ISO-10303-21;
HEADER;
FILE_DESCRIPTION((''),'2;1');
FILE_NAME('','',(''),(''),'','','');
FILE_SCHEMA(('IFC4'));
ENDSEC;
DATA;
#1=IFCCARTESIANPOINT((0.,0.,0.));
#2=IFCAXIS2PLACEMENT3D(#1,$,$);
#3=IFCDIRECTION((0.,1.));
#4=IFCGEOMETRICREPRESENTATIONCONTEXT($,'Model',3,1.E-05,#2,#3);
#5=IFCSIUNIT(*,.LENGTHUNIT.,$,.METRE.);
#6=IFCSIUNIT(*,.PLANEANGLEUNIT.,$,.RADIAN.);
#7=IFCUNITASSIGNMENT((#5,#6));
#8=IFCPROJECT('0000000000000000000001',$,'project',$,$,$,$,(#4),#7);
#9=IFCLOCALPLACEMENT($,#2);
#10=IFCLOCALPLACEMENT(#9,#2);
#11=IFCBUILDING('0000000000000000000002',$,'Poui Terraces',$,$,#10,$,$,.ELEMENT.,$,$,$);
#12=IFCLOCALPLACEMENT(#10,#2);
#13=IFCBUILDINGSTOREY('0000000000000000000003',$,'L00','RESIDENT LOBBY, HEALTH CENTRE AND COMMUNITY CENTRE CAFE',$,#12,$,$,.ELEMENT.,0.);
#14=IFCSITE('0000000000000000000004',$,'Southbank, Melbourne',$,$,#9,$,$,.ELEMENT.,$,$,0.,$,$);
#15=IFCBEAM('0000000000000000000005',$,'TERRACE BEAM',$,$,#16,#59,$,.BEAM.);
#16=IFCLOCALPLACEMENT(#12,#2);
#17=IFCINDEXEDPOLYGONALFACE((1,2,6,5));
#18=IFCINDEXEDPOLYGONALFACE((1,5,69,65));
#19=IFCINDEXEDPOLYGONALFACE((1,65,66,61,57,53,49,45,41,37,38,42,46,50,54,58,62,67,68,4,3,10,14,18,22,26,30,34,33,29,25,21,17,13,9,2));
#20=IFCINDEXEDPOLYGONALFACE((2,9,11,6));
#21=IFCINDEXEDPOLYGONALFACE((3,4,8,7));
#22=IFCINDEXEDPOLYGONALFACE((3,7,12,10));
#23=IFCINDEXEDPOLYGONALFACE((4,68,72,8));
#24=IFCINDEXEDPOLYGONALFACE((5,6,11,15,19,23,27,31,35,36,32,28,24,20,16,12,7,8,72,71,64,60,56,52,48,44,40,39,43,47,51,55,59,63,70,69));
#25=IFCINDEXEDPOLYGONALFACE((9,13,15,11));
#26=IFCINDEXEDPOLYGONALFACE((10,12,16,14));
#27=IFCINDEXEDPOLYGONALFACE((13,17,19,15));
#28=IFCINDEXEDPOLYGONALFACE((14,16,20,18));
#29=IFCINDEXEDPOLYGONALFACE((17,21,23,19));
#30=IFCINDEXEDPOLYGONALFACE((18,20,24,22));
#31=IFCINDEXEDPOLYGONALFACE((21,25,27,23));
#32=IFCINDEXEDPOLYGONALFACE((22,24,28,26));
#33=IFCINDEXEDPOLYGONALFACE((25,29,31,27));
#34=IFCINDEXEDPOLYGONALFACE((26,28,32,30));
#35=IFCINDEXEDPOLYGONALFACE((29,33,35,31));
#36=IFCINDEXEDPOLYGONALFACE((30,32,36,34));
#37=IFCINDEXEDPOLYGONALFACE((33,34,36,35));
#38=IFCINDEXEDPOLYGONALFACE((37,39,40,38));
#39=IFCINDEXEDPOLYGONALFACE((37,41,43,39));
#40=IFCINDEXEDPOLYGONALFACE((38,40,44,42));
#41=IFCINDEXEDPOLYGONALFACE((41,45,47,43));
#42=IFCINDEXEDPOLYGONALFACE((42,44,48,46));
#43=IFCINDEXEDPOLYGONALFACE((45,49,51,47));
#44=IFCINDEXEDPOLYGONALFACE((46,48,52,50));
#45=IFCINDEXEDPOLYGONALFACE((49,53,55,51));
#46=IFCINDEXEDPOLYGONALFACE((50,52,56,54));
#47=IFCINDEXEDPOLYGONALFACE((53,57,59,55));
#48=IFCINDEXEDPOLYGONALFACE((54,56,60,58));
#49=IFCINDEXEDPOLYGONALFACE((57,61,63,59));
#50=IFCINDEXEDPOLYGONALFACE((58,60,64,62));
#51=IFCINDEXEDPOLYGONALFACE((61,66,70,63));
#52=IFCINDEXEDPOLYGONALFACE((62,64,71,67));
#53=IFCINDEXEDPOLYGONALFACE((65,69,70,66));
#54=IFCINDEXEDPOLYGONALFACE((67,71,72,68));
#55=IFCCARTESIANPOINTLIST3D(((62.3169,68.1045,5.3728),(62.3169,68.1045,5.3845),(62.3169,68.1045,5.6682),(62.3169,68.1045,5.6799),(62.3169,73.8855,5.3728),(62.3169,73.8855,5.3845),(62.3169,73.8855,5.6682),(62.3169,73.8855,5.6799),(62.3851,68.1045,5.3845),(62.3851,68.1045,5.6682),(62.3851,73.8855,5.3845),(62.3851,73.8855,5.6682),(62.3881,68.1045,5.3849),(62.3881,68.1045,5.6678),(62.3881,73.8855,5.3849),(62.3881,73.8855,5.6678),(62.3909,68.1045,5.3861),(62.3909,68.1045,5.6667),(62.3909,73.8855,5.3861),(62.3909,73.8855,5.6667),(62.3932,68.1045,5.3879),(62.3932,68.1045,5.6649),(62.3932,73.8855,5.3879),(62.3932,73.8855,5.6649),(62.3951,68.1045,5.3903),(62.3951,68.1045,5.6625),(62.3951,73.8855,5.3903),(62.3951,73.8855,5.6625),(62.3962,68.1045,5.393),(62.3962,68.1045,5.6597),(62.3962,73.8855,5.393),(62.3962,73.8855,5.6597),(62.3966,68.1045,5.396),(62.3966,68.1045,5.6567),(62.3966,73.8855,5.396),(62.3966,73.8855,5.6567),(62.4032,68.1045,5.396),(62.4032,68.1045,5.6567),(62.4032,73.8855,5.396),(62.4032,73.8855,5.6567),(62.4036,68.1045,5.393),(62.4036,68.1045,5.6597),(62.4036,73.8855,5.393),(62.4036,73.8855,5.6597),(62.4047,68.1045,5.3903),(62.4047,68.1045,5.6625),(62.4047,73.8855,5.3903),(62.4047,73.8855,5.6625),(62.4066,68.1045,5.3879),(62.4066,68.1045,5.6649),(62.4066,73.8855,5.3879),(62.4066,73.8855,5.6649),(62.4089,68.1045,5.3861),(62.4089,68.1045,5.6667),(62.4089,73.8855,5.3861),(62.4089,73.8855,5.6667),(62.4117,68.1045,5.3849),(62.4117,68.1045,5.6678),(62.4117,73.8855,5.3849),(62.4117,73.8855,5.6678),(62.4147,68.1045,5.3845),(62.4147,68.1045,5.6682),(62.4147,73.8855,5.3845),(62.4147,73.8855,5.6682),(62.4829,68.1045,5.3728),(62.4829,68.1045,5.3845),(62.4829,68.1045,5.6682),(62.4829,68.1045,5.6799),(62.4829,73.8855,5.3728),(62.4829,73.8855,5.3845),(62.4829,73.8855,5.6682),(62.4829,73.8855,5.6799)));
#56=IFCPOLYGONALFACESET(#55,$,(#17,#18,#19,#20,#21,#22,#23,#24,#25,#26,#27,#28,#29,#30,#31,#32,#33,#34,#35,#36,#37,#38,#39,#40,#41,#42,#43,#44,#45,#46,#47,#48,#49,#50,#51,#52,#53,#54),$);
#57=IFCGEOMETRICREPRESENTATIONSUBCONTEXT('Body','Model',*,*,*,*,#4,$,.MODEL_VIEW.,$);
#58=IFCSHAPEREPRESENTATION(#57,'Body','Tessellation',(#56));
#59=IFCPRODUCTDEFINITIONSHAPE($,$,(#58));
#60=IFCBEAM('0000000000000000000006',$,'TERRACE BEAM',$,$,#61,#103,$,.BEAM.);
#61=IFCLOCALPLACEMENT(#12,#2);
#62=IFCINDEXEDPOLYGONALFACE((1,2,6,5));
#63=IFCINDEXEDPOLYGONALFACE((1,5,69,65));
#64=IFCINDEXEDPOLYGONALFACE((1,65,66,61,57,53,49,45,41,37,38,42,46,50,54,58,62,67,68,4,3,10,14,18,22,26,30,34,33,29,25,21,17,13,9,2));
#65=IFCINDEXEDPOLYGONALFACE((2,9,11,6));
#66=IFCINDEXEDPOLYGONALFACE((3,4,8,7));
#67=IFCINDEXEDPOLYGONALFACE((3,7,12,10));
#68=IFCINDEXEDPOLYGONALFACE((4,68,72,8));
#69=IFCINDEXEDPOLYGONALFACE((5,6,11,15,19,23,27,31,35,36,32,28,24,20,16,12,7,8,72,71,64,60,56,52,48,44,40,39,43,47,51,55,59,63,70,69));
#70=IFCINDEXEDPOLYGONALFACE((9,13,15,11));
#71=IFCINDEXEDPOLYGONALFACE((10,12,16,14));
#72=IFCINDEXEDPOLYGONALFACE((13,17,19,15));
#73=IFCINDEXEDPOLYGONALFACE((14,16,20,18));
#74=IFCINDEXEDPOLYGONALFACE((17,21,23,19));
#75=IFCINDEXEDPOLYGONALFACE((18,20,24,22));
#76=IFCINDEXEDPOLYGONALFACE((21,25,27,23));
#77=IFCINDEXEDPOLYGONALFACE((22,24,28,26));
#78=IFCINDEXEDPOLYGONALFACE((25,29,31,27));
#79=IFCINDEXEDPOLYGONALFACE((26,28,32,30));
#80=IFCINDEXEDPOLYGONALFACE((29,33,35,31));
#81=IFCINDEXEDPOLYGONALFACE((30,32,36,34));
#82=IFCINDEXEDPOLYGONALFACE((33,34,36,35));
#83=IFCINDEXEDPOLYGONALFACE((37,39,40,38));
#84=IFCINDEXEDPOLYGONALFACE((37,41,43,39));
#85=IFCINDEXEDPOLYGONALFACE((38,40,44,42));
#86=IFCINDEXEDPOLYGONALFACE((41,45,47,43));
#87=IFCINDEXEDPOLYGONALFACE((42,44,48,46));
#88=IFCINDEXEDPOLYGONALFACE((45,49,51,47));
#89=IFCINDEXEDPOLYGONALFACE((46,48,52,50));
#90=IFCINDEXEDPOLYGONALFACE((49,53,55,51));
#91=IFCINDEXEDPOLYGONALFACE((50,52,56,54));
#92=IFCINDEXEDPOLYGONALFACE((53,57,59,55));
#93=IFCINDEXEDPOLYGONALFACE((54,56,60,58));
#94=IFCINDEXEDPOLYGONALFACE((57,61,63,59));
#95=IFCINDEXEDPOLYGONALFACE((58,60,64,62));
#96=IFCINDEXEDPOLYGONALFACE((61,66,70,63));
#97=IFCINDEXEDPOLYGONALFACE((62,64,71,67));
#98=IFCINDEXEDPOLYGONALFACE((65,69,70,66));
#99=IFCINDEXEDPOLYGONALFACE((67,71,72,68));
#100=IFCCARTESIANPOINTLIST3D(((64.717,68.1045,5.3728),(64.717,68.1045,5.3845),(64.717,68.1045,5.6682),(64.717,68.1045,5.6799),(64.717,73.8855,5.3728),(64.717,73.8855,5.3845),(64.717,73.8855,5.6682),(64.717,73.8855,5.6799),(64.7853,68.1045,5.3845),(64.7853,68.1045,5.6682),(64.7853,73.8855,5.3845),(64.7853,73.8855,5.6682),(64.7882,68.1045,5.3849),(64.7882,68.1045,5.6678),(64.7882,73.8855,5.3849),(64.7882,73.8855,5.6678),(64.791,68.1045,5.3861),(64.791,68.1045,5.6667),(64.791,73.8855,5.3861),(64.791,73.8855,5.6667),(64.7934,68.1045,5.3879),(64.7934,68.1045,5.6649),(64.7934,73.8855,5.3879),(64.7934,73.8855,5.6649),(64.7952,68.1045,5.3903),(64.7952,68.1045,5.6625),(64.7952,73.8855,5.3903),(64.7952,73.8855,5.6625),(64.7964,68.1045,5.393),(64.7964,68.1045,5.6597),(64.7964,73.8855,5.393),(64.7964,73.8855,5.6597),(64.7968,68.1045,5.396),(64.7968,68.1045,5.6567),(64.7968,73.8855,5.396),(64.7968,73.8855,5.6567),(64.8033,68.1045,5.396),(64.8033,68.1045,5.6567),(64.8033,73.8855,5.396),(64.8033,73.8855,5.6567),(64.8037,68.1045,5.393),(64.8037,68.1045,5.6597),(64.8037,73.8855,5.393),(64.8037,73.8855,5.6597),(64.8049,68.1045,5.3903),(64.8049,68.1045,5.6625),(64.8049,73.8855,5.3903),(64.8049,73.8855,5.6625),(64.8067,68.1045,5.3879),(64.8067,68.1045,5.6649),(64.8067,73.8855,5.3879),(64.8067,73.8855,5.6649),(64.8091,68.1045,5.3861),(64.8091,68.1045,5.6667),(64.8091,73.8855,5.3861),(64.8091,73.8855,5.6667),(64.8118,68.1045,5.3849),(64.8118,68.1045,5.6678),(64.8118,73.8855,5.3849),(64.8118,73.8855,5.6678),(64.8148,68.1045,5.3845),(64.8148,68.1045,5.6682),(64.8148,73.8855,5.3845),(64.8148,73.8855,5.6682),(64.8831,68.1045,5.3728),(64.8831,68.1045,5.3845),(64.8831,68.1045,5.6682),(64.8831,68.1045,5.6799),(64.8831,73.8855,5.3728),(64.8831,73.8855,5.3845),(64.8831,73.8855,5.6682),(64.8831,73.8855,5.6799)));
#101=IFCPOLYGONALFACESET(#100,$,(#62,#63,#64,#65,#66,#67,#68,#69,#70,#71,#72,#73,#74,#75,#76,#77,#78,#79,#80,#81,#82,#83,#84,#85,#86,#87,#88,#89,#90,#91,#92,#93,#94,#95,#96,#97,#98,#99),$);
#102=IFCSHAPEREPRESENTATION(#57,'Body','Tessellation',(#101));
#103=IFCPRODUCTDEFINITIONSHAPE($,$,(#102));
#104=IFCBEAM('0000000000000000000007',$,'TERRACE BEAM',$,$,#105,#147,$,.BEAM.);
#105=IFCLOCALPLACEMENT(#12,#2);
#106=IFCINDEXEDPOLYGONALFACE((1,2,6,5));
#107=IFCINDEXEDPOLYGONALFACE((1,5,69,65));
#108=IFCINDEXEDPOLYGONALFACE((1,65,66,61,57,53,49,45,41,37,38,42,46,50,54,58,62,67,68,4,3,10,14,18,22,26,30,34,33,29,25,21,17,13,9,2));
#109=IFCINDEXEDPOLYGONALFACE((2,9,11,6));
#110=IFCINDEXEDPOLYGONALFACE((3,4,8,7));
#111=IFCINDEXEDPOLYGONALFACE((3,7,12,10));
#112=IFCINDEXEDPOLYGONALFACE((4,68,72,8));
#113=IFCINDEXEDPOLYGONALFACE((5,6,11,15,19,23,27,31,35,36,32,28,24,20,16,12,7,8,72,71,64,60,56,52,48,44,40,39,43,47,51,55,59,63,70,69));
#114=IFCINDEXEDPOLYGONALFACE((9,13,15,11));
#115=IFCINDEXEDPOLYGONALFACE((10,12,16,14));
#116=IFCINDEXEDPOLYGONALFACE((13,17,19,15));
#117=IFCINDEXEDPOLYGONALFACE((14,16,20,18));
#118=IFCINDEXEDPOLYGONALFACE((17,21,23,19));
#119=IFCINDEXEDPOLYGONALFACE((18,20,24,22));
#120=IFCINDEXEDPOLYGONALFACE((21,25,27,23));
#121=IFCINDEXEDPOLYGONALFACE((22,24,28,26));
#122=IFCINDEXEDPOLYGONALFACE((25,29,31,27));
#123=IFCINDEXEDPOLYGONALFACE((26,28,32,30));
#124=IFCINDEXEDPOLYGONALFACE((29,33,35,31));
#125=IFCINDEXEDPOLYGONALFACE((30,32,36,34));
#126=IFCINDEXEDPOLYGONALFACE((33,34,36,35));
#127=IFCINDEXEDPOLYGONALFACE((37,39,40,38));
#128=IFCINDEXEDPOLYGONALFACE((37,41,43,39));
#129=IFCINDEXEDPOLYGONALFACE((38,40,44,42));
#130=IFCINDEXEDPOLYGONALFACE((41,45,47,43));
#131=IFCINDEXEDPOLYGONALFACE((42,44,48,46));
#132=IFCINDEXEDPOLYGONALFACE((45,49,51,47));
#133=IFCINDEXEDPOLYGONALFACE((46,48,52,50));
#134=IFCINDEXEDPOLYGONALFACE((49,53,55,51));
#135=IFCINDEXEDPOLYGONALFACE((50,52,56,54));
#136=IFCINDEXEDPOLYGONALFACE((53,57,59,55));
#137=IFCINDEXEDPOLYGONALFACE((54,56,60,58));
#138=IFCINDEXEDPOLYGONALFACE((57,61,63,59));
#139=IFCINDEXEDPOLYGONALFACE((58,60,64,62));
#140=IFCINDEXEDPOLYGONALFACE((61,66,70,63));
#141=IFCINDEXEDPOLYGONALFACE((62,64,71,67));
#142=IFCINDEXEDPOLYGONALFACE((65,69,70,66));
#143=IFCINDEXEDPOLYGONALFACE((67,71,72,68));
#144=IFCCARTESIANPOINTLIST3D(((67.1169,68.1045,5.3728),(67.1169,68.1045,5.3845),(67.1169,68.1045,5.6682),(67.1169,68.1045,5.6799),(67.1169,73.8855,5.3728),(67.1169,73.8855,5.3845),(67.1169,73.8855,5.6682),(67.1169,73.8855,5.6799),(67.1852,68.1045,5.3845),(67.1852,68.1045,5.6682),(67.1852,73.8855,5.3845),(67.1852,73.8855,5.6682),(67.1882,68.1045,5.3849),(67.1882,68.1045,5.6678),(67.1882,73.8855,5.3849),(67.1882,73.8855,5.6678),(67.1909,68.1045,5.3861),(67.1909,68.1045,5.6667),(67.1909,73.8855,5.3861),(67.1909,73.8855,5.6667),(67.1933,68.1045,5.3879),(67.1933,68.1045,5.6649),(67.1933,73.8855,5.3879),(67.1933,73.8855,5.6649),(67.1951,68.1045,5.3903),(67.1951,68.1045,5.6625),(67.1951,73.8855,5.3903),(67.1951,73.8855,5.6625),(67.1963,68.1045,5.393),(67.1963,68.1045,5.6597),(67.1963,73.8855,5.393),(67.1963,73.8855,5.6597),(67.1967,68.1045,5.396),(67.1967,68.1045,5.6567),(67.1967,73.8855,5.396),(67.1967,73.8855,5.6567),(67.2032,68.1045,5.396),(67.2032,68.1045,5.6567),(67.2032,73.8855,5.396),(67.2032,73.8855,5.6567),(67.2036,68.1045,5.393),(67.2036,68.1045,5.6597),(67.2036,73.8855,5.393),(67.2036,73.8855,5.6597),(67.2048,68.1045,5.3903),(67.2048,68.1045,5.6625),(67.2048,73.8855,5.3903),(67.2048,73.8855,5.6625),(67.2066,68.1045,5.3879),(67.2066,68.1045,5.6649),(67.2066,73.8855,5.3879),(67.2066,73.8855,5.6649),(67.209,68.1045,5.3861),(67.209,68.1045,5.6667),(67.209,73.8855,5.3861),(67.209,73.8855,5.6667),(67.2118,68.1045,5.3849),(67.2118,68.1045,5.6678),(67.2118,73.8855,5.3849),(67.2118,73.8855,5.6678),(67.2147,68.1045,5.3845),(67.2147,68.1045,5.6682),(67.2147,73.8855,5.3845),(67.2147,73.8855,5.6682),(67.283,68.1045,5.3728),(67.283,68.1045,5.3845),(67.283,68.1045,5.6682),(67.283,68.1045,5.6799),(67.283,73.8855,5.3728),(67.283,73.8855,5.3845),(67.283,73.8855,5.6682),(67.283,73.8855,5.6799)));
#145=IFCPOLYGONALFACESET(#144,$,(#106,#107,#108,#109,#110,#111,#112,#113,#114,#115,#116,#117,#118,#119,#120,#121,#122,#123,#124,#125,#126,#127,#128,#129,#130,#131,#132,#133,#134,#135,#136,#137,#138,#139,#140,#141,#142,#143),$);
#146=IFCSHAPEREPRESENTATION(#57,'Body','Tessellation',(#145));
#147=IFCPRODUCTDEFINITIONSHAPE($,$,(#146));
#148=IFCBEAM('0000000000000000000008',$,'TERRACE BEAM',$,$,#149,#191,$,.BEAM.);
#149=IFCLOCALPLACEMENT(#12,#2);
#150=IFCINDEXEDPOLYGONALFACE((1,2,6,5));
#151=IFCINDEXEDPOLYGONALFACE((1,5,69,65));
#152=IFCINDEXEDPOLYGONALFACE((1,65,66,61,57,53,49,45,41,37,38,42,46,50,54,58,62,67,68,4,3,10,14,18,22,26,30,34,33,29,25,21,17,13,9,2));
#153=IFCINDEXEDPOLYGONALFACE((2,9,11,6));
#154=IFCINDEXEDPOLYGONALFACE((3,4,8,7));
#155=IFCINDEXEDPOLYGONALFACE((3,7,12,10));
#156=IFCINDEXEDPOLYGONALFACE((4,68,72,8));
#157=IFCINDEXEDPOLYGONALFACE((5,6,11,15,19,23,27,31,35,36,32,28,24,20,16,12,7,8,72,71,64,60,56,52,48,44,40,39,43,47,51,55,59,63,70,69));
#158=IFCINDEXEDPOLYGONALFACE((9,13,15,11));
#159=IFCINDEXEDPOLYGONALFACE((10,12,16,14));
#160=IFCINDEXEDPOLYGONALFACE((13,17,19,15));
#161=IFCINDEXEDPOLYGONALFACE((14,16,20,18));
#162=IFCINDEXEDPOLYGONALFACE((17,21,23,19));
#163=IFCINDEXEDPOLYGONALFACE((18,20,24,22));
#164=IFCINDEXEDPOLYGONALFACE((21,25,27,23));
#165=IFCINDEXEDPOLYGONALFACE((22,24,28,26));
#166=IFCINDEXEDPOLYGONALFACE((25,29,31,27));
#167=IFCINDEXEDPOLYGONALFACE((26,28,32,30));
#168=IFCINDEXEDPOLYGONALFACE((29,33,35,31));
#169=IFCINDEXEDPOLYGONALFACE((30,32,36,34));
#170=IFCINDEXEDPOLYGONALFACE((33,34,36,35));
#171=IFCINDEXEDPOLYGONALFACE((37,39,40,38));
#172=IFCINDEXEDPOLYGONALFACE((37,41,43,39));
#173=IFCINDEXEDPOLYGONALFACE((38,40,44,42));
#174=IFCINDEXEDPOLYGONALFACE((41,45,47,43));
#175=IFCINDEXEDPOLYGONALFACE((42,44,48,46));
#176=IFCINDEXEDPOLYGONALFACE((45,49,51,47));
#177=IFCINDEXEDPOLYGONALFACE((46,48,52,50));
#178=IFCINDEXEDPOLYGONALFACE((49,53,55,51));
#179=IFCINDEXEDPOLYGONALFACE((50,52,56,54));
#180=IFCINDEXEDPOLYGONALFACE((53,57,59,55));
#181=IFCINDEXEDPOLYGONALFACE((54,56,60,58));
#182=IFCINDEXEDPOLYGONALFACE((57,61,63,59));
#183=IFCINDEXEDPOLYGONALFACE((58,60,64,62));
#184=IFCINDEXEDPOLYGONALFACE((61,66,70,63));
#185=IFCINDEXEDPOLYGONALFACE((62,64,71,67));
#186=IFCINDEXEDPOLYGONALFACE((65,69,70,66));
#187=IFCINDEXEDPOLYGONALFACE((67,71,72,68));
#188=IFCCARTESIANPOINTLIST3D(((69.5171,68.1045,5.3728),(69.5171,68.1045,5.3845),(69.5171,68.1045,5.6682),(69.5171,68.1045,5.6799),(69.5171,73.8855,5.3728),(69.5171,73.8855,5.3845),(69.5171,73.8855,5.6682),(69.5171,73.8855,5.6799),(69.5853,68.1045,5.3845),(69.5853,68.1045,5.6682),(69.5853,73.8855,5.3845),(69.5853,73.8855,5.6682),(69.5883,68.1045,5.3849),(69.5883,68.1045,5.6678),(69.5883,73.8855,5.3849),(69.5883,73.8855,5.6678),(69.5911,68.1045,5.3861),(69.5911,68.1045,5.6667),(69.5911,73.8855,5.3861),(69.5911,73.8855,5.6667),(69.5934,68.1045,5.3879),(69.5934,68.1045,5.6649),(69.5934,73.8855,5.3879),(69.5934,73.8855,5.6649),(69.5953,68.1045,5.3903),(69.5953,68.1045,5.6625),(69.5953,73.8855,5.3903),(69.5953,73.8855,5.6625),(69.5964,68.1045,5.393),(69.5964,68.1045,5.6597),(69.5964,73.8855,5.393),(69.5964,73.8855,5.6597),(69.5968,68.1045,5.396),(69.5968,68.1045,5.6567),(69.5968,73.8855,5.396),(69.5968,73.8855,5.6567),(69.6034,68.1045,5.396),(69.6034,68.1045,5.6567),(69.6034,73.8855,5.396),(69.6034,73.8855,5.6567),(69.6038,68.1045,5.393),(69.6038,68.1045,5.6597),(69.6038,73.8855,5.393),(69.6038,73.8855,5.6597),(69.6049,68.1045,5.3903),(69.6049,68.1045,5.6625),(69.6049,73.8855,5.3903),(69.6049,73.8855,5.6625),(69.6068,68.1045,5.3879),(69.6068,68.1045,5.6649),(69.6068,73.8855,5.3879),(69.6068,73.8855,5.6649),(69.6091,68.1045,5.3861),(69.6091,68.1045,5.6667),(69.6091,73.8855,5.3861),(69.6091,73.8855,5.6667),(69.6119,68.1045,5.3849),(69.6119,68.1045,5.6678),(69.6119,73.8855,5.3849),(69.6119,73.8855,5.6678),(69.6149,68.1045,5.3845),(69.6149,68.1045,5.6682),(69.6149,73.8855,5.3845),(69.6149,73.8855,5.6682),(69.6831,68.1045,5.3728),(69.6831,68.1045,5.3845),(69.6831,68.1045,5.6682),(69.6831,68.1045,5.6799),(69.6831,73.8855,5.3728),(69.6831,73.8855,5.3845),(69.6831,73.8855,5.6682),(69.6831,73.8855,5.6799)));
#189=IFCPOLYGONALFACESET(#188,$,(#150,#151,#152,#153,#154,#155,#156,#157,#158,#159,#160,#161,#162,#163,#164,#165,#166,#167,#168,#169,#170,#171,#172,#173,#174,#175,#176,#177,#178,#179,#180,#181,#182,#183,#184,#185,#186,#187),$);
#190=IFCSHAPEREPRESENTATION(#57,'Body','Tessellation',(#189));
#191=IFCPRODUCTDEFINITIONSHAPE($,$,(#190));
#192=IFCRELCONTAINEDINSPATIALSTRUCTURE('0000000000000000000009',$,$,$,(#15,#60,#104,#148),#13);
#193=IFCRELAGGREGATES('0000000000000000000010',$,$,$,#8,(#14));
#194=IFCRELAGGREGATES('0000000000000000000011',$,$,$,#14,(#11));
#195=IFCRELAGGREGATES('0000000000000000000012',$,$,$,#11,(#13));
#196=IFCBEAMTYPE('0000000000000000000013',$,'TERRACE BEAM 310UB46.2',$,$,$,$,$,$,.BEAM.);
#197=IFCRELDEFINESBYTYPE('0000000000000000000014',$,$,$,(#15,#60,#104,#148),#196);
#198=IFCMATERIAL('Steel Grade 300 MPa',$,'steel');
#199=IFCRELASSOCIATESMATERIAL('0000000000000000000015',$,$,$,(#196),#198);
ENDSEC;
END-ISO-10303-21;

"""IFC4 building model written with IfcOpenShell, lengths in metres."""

from ifc_helpers import new_model, si_unit, direction, frame, origin, origin_2d, place, context, subcontext, project, spatial, i_section, extrude, source, transform, mapped, material, material_profile, profile_set, type_object, element, save


model = new_model("IFC4")

# Units and contexts
model_context = context("Model", 3, precision=1e-05, world=origin(), true_north=direction((0.0, 1.0)))
body_context = subcontext(model_context, "Body", "Model", "MODEL_VIEW")
ifc_project = project(units=[si_unit("LENGTHUNIT", "METRE"), si_unit("PLANEANGLEUNIT", "RADIAN")], contexts=[model_context])

# Site, building, storey
site_placement = place(None, origin())
site = spatial("IfcSite", under=ifc_project, at=site_placement, Name="Southbank, Melbourne", CompositionType="ELEMENT", RefElevation=0.0)
building_placement = place(site_placement, origin())
building = spatial("IfcBuilding", under=site, at=building_placement, Name="Poui Terraces", CompositionType="ELEMENT")
storey_placement = place(building_placement, origin())
storey = spatial("IfcBuildingStorey", under=building, at=storey_placement, Name="L00", Description="RESIDENT LOBBY, HEALTH CENTRE AND COMMUNITY CENTRE CAFE", CompositionType="ELEMENT", Elevation=0.0)

# Beams
ifc_material_1 = material(Name="Steel Grade 300 MPa", Category="steel")
ifc_material_profile_1 = material_profile(ifc_material_1, i_section(OverallWidth=0.166, OverallDepth=0.3071, WebThickness=0.0066, FlangeThickness=0.0117, FilletRadius=0.0115, at=origin_2d()), Name="310UB46.2")
ifc_profile_set_1 = profile_set([ifc_material_profile_1], Name="Steel Grade 300 MPa")
beam_type_1 = type_object("IfcBeamType", Name="TERRACE BEAM 310UB46.2", PredefinedType="BEAM", material=ifc_profile_set_1)
shared_shape_1 = source(origin(), body_context, "Body", "SweptSolid", [
    extrude(i_section(OverallWidth=0.166, OverallDepth=0.3071, WebThickness=0.0066, FlangeThickness=0.0117, FilletRadius=0.0115, at=origin_2d()), origin(), (0.0, 0.0, 1.0), 5.781),
])
for number, where, z_axis, x_axis, name in (
    (1, (62.3999, 68.1045, 5.5264), (0.0, 1.0, 0.0), (-1.0, 0.0, 0.0), "TERRACE BEAM"),
    (2, (64.8, 68.1045, 5.5264), (0.0, 1.0, 0.0), (-1.0, 0.0, 0.0), "TERRACE BEAM"),
    (3, (67.2, 68.1045, 5.5264), (0.0, 1.0, 0.0), (-1.0, 0.0, 0.0), "TERRACE BEAM"),
    (4, (69.6001, 68.1045, 5.5264), (0.0, 1.0, 0.0), (-1.0, 0.0, 0.0), "TERRACE BEAM"),
):
    element("IfcBeam", number, at=place(storey_placement, frame(where, z_axis=z_axis, x_axis=x_axis)), inside=storey, type_object=beam_type_1, Name=name, PredefinedType="BEAM", context=body_context, shape_type="MappedRepresentation", body=[
        mapped(shared_shape_1, transform((0.0, 0.0, 0.0))),
    ])

save(model, "model.ifc")
